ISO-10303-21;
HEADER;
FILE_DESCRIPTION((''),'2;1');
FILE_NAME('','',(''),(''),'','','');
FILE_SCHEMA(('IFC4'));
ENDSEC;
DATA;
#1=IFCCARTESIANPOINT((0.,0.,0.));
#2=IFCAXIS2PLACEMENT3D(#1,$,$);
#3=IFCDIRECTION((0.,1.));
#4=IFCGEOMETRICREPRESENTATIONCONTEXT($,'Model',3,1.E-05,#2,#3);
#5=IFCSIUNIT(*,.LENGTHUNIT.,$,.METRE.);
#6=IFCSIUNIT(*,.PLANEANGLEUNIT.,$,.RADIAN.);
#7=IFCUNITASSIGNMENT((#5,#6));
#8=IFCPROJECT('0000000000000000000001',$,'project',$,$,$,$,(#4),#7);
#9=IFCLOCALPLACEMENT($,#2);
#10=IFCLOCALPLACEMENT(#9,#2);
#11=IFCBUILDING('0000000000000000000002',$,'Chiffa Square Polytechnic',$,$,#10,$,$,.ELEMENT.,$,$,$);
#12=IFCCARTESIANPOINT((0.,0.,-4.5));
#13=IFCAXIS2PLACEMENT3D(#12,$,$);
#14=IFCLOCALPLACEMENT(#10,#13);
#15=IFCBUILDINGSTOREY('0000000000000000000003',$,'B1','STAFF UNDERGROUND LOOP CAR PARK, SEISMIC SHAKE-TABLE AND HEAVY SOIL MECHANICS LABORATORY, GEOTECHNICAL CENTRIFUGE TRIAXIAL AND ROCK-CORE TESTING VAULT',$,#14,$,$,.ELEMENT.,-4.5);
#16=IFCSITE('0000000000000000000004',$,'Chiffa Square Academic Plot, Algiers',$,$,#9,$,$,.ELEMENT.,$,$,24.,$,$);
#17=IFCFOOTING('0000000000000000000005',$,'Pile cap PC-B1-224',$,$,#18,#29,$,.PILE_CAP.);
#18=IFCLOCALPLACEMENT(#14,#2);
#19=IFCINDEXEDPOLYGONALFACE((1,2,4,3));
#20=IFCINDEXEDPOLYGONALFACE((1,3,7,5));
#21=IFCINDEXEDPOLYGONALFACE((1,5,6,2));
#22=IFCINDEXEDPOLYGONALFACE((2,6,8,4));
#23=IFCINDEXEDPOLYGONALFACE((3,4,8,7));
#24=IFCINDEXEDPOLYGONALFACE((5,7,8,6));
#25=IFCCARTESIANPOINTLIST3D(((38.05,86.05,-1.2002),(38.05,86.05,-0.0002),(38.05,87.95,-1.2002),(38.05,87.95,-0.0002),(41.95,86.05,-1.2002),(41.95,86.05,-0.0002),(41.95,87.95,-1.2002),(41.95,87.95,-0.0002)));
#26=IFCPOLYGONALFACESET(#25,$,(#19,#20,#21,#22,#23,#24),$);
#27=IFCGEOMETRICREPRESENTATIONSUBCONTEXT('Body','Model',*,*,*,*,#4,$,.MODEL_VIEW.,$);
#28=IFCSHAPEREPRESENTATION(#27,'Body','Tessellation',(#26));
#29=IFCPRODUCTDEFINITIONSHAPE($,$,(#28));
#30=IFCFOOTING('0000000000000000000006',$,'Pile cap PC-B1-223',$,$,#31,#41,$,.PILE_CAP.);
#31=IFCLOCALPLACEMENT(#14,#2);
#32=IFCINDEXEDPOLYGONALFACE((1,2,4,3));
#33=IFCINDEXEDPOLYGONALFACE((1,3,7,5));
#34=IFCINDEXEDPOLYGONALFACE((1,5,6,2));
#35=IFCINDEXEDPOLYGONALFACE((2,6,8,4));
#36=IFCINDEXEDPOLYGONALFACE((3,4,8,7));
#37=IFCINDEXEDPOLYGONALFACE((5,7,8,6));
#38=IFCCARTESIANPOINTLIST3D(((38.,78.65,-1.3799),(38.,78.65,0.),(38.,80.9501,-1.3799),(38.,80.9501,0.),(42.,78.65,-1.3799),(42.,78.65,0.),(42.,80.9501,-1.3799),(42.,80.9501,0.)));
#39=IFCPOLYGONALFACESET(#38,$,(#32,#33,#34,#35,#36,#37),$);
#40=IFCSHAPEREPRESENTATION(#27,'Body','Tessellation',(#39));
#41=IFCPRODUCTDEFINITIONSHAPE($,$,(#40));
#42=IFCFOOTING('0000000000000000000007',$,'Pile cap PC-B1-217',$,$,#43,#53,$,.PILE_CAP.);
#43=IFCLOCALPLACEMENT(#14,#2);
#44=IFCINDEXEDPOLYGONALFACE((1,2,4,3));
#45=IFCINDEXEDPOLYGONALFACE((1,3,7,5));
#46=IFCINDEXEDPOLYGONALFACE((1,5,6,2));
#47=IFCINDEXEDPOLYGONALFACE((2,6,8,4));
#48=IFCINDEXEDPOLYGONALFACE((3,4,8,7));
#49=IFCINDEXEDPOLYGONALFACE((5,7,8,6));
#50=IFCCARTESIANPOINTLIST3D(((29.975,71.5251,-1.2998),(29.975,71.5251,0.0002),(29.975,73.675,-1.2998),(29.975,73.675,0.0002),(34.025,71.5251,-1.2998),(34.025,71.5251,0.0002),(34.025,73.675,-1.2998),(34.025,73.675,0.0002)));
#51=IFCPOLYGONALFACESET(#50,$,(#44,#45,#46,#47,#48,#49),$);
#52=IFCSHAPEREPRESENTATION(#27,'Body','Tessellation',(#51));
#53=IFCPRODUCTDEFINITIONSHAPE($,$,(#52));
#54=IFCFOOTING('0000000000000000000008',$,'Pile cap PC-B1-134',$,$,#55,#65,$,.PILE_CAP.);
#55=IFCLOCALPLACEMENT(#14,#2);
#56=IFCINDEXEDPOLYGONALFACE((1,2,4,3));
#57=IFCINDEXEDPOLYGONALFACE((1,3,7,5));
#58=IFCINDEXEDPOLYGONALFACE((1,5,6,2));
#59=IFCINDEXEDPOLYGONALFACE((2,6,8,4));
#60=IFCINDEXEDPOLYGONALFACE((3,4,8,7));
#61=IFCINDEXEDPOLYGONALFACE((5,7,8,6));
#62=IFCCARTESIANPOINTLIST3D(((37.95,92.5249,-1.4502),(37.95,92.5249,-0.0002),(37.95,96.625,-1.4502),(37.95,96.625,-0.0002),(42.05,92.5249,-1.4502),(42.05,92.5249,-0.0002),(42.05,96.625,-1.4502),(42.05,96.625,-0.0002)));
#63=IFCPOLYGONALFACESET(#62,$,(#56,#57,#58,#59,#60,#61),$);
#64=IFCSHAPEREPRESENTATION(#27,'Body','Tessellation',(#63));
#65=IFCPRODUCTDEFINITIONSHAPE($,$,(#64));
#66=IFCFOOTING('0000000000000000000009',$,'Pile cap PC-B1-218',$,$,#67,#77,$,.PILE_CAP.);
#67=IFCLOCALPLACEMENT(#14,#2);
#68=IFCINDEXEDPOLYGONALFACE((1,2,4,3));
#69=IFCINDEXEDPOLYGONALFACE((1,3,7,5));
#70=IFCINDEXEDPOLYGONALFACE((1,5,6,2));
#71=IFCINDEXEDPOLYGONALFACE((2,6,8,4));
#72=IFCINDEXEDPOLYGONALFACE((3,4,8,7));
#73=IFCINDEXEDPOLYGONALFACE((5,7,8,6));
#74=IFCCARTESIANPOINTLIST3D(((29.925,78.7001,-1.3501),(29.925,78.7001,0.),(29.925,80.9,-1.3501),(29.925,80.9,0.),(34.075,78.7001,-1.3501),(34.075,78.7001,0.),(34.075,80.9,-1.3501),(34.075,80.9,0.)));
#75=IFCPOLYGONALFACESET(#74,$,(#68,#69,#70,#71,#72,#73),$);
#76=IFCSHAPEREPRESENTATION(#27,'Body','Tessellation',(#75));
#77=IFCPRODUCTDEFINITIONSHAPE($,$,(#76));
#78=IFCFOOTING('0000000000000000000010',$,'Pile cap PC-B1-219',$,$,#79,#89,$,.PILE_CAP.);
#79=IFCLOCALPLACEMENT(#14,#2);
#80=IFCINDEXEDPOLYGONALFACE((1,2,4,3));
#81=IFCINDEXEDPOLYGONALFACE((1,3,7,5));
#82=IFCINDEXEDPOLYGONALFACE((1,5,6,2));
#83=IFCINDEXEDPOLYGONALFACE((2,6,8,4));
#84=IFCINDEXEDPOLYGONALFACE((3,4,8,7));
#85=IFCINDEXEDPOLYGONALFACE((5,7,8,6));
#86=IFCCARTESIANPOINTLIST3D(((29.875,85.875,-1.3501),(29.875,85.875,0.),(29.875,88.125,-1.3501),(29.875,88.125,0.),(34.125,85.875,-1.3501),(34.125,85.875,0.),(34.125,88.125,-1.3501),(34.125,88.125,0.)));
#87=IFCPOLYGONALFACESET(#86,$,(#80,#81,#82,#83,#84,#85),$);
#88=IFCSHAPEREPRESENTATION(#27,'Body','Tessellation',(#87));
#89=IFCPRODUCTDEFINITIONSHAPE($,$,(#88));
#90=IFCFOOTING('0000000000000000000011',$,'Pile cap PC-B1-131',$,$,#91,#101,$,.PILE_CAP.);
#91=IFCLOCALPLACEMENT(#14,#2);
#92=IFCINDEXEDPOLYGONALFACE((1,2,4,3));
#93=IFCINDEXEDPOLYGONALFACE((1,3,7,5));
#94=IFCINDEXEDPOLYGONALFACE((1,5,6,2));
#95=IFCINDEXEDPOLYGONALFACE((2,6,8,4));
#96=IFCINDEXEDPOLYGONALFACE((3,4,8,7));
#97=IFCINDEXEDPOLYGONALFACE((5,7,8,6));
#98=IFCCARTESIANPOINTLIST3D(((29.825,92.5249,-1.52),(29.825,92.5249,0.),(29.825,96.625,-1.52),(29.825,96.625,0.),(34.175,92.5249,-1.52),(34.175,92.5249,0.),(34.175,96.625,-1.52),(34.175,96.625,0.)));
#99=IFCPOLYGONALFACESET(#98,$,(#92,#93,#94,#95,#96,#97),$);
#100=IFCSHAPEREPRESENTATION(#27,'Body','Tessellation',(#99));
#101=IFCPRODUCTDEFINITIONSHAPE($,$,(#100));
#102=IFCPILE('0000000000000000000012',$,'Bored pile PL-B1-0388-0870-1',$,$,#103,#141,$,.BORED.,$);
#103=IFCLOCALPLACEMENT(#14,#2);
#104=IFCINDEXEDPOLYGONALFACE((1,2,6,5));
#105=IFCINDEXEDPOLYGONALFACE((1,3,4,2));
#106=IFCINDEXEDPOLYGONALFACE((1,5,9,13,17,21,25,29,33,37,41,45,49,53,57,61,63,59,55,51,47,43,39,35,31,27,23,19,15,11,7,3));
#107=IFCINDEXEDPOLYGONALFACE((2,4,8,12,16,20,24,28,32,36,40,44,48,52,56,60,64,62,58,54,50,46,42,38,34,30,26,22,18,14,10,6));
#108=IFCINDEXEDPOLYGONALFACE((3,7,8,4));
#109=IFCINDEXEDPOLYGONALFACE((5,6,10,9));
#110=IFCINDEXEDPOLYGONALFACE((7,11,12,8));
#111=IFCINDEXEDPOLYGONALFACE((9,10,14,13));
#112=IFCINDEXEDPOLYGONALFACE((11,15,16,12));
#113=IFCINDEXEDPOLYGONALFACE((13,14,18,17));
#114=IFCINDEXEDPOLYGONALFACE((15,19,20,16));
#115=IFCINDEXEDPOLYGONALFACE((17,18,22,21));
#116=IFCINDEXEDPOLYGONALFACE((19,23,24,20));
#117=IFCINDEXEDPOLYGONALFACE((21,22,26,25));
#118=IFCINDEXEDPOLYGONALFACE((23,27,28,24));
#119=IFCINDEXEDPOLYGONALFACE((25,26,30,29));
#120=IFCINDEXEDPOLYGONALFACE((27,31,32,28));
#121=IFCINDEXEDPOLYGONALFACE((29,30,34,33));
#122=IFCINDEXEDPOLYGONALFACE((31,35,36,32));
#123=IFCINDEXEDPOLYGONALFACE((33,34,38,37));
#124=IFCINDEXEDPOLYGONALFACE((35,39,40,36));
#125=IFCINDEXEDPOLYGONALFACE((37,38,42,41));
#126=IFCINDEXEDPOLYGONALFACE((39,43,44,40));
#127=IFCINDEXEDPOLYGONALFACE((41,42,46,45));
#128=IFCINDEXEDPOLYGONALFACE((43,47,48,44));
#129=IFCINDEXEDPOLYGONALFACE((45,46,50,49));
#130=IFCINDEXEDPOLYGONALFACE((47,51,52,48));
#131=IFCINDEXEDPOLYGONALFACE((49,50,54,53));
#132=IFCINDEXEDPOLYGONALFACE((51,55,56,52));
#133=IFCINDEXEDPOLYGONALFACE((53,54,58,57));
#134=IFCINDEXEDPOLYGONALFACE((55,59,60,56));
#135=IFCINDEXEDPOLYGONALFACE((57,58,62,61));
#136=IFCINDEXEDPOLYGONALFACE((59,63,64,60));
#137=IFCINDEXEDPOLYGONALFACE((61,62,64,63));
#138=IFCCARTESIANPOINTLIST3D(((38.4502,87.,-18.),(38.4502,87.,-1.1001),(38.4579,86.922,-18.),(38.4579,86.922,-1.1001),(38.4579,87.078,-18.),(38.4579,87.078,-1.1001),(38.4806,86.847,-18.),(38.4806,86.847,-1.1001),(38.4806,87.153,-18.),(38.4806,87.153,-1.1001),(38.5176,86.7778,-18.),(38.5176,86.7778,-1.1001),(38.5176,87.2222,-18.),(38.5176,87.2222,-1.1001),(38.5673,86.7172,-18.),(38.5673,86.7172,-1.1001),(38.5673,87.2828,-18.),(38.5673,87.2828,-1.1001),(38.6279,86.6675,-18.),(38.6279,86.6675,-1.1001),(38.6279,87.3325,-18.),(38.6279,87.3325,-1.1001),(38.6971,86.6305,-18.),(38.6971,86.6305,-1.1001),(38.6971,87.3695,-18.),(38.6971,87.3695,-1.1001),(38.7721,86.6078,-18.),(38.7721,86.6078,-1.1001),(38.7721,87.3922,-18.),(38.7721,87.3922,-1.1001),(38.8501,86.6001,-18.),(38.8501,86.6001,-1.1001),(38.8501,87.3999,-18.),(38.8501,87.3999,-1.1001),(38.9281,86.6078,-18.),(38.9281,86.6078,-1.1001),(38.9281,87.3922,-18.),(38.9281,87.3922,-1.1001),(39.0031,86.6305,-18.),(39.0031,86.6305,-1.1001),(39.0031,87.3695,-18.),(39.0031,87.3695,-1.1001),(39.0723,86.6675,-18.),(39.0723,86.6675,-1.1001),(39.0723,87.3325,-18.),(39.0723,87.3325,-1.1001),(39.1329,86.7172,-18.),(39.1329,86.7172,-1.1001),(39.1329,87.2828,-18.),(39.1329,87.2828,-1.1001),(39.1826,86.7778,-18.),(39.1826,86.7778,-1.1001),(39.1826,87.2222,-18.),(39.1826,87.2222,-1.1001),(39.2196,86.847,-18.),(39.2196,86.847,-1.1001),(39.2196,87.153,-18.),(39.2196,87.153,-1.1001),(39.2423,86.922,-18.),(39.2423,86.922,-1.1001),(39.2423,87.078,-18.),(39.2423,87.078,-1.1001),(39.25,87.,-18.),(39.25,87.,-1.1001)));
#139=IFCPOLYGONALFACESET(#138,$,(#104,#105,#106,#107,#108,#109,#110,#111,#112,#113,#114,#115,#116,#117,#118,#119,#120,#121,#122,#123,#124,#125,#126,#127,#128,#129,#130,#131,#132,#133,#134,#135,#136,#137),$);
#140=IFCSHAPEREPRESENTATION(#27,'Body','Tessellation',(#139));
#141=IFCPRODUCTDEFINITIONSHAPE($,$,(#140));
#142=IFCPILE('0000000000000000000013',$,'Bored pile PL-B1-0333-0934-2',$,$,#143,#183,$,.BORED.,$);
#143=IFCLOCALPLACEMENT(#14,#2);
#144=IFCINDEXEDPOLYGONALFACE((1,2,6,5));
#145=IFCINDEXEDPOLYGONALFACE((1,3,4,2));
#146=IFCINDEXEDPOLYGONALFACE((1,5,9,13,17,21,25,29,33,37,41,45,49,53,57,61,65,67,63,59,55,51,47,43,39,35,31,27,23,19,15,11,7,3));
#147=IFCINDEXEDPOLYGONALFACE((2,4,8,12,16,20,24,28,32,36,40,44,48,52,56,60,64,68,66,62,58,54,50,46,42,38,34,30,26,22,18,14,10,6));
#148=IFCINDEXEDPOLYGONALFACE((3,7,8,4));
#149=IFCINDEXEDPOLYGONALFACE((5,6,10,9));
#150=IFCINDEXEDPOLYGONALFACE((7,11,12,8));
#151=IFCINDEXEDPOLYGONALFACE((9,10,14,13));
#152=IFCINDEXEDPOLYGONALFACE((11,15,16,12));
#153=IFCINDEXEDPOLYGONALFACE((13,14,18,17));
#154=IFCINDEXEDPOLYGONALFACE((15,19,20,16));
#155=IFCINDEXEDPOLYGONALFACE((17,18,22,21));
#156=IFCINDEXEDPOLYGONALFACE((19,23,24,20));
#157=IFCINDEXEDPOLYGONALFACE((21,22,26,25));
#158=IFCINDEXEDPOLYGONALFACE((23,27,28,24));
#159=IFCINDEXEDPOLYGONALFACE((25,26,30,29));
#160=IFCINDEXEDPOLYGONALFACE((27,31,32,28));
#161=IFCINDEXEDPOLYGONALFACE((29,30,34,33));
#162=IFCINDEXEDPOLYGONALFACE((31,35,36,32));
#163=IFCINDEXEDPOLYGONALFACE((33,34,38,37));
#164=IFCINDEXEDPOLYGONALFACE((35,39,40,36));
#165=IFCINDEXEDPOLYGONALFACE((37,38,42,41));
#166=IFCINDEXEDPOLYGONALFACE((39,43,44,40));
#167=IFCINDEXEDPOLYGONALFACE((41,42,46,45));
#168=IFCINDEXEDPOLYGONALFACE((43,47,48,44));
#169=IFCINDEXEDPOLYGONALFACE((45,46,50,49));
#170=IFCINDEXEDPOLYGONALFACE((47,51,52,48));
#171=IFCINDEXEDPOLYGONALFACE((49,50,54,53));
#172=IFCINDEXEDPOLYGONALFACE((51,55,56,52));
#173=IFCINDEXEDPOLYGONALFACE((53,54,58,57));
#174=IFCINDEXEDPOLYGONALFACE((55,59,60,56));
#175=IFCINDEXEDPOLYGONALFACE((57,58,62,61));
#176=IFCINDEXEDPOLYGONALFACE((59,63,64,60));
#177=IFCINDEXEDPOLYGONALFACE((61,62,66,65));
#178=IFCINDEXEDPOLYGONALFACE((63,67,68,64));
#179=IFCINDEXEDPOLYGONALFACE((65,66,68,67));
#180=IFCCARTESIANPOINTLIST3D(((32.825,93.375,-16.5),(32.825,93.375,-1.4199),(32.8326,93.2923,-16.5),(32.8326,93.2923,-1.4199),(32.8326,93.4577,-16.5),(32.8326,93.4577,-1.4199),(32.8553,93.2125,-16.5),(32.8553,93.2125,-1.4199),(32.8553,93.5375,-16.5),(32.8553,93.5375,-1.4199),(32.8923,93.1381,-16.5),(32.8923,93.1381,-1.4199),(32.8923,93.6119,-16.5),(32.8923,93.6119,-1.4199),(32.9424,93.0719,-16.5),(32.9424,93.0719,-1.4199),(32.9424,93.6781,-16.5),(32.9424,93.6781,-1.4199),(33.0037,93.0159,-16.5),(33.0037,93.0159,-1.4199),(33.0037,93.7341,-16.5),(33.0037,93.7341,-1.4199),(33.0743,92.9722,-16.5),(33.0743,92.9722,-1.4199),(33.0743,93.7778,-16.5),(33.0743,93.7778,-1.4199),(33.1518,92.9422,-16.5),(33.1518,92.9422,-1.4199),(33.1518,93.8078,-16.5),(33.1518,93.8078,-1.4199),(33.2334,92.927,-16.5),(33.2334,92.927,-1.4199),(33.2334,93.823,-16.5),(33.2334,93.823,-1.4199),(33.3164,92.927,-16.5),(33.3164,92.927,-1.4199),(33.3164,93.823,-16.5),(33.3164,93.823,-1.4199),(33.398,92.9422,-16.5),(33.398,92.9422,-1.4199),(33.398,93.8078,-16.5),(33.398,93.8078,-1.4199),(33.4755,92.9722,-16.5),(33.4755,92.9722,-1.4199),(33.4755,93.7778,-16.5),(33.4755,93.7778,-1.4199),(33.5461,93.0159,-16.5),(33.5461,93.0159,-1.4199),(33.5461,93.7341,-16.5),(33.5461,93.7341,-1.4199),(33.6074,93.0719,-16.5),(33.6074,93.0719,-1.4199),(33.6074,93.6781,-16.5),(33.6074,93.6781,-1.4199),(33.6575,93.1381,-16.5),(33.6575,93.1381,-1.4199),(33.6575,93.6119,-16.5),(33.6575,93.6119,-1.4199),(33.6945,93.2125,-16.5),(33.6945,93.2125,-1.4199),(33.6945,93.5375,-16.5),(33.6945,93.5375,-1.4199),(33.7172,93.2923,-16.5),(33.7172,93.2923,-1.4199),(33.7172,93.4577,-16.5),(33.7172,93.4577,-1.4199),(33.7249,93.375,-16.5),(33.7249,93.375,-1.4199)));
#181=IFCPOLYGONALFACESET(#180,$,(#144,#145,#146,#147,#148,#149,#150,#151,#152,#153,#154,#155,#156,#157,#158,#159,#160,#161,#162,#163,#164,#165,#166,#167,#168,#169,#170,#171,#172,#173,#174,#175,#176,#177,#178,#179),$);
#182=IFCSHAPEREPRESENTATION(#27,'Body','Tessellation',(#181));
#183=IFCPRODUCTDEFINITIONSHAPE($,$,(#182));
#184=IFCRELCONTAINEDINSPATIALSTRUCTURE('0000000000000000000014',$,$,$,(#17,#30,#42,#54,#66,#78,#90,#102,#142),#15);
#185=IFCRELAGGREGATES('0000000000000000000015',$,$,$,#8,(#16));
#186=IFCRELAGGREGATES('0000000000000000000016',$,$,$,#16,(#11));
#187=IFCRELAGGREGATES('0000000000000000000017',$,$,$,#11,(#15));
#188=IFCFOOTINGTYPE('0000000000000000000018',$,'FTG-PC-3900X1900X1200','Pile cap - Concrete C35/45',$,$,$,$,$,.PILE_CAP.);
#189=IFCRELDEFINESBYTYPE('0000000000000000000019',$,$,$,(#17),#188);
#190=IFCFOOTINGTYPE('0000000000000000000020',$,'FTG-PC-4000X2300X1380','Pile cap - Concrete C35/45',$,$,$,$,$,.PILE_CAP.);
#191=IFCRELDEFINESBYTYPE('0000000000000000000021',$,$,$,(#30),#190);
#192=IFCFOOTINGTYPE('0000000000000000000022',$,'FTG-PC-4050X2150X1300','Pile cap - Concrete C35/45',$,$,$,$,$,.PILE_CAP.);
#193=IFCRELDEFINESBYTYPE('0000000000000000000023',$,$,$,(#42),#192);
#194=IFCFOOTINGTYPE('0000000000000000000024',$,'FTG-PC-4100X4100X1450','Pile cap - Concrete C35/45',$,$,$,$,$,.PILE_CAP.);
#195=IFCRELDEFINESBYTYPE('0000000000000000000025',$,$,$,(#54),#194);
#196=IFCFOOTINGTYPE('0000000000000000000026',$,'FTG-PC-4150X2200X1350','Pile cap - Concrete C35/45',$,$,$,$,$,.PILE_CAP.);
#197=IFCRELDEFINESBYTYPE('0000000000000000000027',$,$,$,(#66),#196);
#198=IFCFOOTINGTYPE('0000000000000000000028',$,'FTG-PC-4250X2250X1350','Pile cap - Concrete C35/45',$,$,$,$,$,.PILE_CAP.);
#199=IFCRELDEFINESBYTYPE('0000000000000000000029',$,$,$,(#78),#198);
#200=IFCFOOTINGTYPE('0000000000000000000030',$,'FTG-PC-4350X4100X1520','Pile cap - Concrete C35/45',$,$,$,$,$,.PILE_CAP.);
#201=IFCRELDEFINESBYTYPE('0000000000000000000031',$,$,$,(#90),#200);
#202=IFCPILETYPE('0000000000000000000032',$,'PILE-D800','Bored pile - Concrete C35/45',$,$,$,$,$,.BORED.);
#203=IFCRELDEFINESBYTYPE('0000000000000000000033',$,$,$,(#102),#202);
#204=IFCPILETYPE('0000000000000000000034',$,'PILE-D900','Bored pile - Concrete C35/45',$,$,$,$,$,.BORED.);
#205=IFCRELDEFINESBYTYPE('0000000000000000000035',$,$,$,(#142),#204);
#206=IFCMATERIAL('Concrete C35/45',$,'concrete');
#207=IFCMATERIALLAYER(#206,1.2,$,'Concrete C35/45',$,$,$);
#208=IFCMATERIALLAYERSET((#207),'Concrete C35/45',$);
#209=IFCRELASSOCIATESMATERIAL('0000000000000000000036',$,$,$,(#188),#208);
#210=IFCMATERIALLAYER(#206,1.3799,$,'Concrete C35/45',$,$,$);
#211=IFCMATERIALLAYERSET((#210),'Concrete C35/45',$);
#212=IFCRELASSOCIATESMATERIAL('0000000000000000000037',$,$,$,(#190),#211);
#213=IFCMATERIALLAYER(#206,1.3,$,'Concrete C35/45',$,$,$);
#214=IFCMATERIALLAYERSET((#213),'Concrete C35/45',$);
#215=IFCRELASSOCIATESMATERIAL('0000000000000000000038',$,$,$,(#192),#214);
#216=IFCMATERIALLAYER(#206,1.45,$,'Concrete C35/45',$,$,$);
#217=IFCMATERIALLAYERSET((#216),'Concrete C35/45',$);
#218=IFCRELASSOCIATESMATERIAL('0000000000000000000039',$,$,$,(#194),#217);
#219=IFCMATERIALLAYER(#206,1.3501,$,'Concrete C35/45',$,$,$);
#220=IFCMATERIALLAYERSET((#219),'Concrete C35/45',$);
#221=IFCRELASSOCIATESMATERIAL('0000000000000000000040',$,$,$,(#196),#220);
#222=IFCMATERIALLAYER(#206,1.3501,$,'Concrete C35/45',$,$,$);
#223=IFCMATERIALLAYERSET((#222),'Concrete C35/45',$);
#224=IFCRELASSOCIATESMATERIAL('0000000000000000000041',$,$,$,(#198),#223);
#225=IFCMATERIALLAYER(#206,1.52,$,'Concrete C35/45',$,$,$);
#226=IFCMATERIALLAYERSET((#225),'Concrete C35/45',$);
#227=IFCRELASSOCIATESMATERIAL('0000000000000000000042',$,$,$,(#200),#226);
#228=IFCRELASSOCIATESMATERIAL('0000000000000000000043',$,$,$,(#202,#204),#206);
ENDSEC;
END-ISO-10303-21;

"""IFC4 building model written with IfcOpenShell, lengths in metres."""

from ifc_helpers import new_model, si_unit, direction, frame, origin, origin_2d, place, context, subcontext, project, spatial, rectangle, circle, extrude, material, layer, layer_set, material_profile, profile_set, type_object, element, save


model = new_model("IFC4")

# Units and contexts
model_context = context("Model", 3, precision=1e-05, world=origin(), true_north=direction((0.0, 1.0)))
body_context = subcontext(model_context, "Body", "Model", "MODEL_VIEW")
ifc_project = project(units=[si_unit("LENGTHUNIT", "METRE"), si_unit("PLANEANGLEUNIT", "RADIAN")], contexts=[model_context])

# Site, building, storey
site_placement = place(None, origin())
site = spatial("IfcSite", under=ifc_project, at=site_placement, Name="Chiffa Square Academic Plot, Algiers", CompositionType="ELEMENT", RefElevation=24.0)
building_placement = place(site_placement, origin())
building = spatial("IfcBuilding", under=site, at=building_placement, Name="Chiffa Square Polytechnic", CompositionType="ELEMENT")
storey_placement = place(building_placement, frame((0.0, 0.0, -4.5)))
storey = spatial("IfcBuildingStorey", under=building, at=storey_placement, Name="B1", Description="STAFF UNDERGROUND LOOP CAR PARK, SEISMIC SHAKE-TABLE AND HEAVY SOIL MECHANICS LABORATORY, GEOTECHNICAL CENTRIFUGE TRIAXIAL AND ROCK-CORE TESTING VAULT", CompositionType="ELEMENT", Elevation=-4.5)

# Footings
ifc_material_1 = material(Name="Concrete C35/45", Category="concrete")
ifc_layer_1 = layer(ifc_material_1, 1.2, Name="Concrete C35/45")
ifc_layer_set_1 = layer_set([ifc_layer_1], Name="Concrete C35/45")
footing_type_1 = type_object("IfcFootingType", Name="FTG-PC-3900X1900X1200", Description="Pile cap - Concrete C35/45", PredefinedType="PILE_CAP", material=ifc_layer_set_1)
footing_1_placement = place(storey_placement, frame((40.0, 87.0, -1.2002), z_axis=(0.0, 0.0, 1.0), x_axis=(1.0, 0.0, 0.0)))
element("IfcFooting", 1, at=footing_1_placement, inside=storey, type_object=footing_type_1, Name="Pile cap PC-B1-224", PredefinedType="PILE_CAP", context=body_context, shape_type="SweptSolid", body=[
    extrude(rectangle(XDim=3.8999, YDim=1.8999, at=origin_2d()), origin(), (0.0, 0.0, 1.0), 1.2),
])
ifc_layer_2 = layer(ifc_material_1, 1.3799, Name="Concrete C35/45")
ifc_layer_set_2 = layer_set([ifc_layer_2], Name="Concrete C35/45")
footing_type_2 = type_object("IfcFootingType", Name="FTG-PC-4000X2300X1380", Description="Pile cap - Concrete C35/45", PredefinedType="PILE_CAP", material=ifc_layer_set_2)
footing_2_placement = place(storey_placement, frame((40.0, 79.8, -1.3799), z_axis=(0.0, 0.0, 1.0), x_axis=(1.0, 0.0, 0.0)))
element("IfcFooting", 2, at=footing_2_placement, inside=storey, type_object=footing_type_2, Name="Pile cap PC-B1-223", PredefinedType="PILE_CAP", context=body_context, shape_type="SweptSolid", body=[
    extrude(rectangle(XDim=4.0, YDim=2.3, at=origin_2d()), origin(), (0.0, 0.0, 1.0), 1.3799),
])
ifc_layer_3 = layer(ifc_material_1, 1.3, Name="Concrete C35/45")
ifc_layer_set_3 = layer_set([ifc_layer_3], Name="Concrete C35/45")
footing_type_3 = type_object("IfcFootingType", Name="FTG-PC-4050X2150X1300", Description="Pile cap - Concrete C35/45", PredefinedType="PILE_CAP", material=ifc_layer_set_3)
footing_3_placement = place(storey_placement, frame((32.0, 72.6001, -1.2998), z_axis=(0.0, 0.0, 1.0), x_axis=(1.0, 0.0, 0.0)))
element("IfcFooting", 3, at=footing_3_placement, inside=storey, type_object=footing_type_3, Name="Pile cap PC-B1-217", PredefinedType="PILE_CAP", context=body_context, shape_type="SweptSolid", body=[
    extrude(rectangle(XDim=4.05, YDim=2.1499, at=origin_2d()), origin(), (0.0, 0.0, 1.0), 1.3),
])
ifc_layer_4 = layer(ifc_material_1, 1.45, Name="Concrete C35/45")
ifc_layer_set_4 = layer_set([ifc_layer_4], Name="Concrete C35/45")
footing_type_4 = type_object("IfcFootingType", Name="FTG-PC-4100X4100X1450", Description="Pile cap - Concrete C35/45", PredefinedType="PILE_CAP", material=ifc_layer_set_4)
footing_4_placement = place(storey_placement, frame((40.0, 94.575, -1.4502), z_axis=(0.0, 0.0, 1.0), x_axis=(1.0, 0.0, 0.0)))
element("IfcFooting", 4, at=footing_4_placement, inside=storey, type_object=footing_type_4, Name="Pile cap PC-B1-134", PredefinedType="PILE_CAP", context=body_context, shape_type="SweptSolid", body=[
    extrude(rectangle(XDim=4.1001, YDim=4.1001, at=origin_2d()), origin(), (0.0, 0.0, 1.0), 1.45),
])
ifc_layer_5 = layer(ifc_material_1, 1.3501, Name="Concrete C35/45")
ifc_layer_set_5 = layer_set([ifc_layer_5], Name="Concrete C35/45")
footing_type_5 = type_object("IfcFootingType", Name="FTG-PC-4150X2200X1350", Description="Pile cap - Concrete C35/45", PredefinedType="PILE_CAP", material=ifc_layer_set_5)
footing_5_placement = place(storey_placement, frame((32.0, 79.8, -1.3501), z_axis=(0.0, 0.0, 1.0), x_axis=(1.0, 0.0, 0.0)))
element("IfcFooting", 5, at=footing_5_placement, inside=storey, type_object=footing_type_5, Name="Pile cap PC-B1-218", PredefinedType="PILE_CAP", context=body_context, shape_type="SweptSolid", body=[
    extrude(rectangle(XDim=4.1499, YDim=2.2, at=origin_2d()), origin(), (0.0, 0.0, 1.0), 1.3501),
])
ifc_layer_6 = layer(ifc_material_1, 1.3501, Name="Concrete C35/45")
ifc_layer_set_6 = layer_set([ifc_layer_6], Name="Concrete C35/45")
footing_type_6 = type_object("IfcFootingType", Name="FTG-PC-4250X2250X1350", Description="Pile cap - Concrete C35/45", PredefinedType="PILE_CAP", material=ifc_layer_set_6)
footing_6_placement = place(storey_placement, frame((32.0, 87.0, -1.3501), z_axis=(0.0, 0.0, 1.0), x_axis=(1.0, 0.0, 0.0)))
element("IfcFooting", 6, at=footing_6_placement, inside=storey, type_object=footing_type_6, Name="Pile cap PC-B1-219", PredefinedType="PILE_CAP", context=body_context, shape_type="SweptSolid", body=[
    extrude(rectangle(XDim=4.25, YDim=2.25, at=origin_2d()), origin(), (0.0, 0.0, 1.0), 1.3501),
])
ifc_layer_7 = layer(ifc_material_1, 1.52, Name="Concrete C35/45")
ifc_layer_set_7 = layer_set([ifc_layer_7], Name="Concrete C35/45")
footing_type_7 = type_object("IfcFootingType", Name="FTG-PC-4350X4100X1520", Description="Pile cap - Concrete C35/45", PredefinedType="PILE_CAP", material=ifc_layer_set_7)
footing_7_placement = place(storey_placement, frame((32.0, 94.575, -1.52), z_axis=(0.0, 0.0, 1.0), x_axis=(1.0, 0.0, 0.0)))
element("IfcFooting", 7, at=footing_7_placement, inside=storey, type_object=footing_type_7, Name="Pile cap PC-B1-131", PredefinedType="PILE_CAP", context=body_context, shape_type="SweptSolid", body=[
    extrude(rectangle(XDim=4.3501, YDim=4.1001, at=origin_2d()), origin(), (0.0, 0.0, 1.0), 1.52),
])

# Piles
ifc_material_profile_1 = material_profile(ifc_material_1, circle(Radius=0.3999, at=origin_2d()), Name="PILE D800")
ifc_profile_set_1 = profile_set([ifc_material_profile_1], Name="Concrete C35/45")
pile_type_1 = type_object("IfcPileType", Name="PILE-D800", Description="Bored pile - Concrete C35/45", PredefinedType="BORED", material=ifc_profile_set_1)
pile_1_placement = place(storey_placement, frame((38.8501, 87.0, -1.1001), z_axis=(0.0, 0.0, -1.0), x_axis=(1.0, 0.0, 0.0)))
element("IfcPile", 8, at=pile_1_placement, inside=storey, type_object=pile_type_1, Name="Bored pile PL-B1-0388-0870-1", PredefinedType="BORED", context=body_context, shape_type="SweptSolid", body=[
    extrude(circle(Radius=0.3999, at=origin_2d()), origin(), (0.0, 0.0, 1.0), 16.8999),
])
ifc_material_profile_2 = material_profile(ifc_material_1, circle(Radius=0.45, at=origin_2d()), Name="PILE D900")
ifc_profile_set_2 = profile_set([ifc_material_profile_2], Name="Concrete C35/45")
pile_type_2 = type_object("IfcPileType", Name="PILE-D900", Description="Bored pile - Concrete C35/45", PredefinedType="BORED", material=ifc_profile_set_2)
for number, where, z_axis, x_axis, name in (
    (9, (33.2749, 93.375, -1.4199), (0.0, 0.0, -1.0), (1.0, 0.0, 0.0), "Bored pile PL-B1-0333-0934-2"),
):
    element("IfcPile", number, at=place(storey_placement, frame(where, z_axis=z_axis, x_axis=x_axis)), inside=storey, type_object=pile_type_2, Name=name, PredefinedType="BORED", context=body_context, shape_type="SweptSolid", body=[
        extrude(circle(Radius=0.45, at=origin_2d()), origin(), (0.0, 0.0, 1.0), 15.0801),
    ])

save(model, "model.ifc")
